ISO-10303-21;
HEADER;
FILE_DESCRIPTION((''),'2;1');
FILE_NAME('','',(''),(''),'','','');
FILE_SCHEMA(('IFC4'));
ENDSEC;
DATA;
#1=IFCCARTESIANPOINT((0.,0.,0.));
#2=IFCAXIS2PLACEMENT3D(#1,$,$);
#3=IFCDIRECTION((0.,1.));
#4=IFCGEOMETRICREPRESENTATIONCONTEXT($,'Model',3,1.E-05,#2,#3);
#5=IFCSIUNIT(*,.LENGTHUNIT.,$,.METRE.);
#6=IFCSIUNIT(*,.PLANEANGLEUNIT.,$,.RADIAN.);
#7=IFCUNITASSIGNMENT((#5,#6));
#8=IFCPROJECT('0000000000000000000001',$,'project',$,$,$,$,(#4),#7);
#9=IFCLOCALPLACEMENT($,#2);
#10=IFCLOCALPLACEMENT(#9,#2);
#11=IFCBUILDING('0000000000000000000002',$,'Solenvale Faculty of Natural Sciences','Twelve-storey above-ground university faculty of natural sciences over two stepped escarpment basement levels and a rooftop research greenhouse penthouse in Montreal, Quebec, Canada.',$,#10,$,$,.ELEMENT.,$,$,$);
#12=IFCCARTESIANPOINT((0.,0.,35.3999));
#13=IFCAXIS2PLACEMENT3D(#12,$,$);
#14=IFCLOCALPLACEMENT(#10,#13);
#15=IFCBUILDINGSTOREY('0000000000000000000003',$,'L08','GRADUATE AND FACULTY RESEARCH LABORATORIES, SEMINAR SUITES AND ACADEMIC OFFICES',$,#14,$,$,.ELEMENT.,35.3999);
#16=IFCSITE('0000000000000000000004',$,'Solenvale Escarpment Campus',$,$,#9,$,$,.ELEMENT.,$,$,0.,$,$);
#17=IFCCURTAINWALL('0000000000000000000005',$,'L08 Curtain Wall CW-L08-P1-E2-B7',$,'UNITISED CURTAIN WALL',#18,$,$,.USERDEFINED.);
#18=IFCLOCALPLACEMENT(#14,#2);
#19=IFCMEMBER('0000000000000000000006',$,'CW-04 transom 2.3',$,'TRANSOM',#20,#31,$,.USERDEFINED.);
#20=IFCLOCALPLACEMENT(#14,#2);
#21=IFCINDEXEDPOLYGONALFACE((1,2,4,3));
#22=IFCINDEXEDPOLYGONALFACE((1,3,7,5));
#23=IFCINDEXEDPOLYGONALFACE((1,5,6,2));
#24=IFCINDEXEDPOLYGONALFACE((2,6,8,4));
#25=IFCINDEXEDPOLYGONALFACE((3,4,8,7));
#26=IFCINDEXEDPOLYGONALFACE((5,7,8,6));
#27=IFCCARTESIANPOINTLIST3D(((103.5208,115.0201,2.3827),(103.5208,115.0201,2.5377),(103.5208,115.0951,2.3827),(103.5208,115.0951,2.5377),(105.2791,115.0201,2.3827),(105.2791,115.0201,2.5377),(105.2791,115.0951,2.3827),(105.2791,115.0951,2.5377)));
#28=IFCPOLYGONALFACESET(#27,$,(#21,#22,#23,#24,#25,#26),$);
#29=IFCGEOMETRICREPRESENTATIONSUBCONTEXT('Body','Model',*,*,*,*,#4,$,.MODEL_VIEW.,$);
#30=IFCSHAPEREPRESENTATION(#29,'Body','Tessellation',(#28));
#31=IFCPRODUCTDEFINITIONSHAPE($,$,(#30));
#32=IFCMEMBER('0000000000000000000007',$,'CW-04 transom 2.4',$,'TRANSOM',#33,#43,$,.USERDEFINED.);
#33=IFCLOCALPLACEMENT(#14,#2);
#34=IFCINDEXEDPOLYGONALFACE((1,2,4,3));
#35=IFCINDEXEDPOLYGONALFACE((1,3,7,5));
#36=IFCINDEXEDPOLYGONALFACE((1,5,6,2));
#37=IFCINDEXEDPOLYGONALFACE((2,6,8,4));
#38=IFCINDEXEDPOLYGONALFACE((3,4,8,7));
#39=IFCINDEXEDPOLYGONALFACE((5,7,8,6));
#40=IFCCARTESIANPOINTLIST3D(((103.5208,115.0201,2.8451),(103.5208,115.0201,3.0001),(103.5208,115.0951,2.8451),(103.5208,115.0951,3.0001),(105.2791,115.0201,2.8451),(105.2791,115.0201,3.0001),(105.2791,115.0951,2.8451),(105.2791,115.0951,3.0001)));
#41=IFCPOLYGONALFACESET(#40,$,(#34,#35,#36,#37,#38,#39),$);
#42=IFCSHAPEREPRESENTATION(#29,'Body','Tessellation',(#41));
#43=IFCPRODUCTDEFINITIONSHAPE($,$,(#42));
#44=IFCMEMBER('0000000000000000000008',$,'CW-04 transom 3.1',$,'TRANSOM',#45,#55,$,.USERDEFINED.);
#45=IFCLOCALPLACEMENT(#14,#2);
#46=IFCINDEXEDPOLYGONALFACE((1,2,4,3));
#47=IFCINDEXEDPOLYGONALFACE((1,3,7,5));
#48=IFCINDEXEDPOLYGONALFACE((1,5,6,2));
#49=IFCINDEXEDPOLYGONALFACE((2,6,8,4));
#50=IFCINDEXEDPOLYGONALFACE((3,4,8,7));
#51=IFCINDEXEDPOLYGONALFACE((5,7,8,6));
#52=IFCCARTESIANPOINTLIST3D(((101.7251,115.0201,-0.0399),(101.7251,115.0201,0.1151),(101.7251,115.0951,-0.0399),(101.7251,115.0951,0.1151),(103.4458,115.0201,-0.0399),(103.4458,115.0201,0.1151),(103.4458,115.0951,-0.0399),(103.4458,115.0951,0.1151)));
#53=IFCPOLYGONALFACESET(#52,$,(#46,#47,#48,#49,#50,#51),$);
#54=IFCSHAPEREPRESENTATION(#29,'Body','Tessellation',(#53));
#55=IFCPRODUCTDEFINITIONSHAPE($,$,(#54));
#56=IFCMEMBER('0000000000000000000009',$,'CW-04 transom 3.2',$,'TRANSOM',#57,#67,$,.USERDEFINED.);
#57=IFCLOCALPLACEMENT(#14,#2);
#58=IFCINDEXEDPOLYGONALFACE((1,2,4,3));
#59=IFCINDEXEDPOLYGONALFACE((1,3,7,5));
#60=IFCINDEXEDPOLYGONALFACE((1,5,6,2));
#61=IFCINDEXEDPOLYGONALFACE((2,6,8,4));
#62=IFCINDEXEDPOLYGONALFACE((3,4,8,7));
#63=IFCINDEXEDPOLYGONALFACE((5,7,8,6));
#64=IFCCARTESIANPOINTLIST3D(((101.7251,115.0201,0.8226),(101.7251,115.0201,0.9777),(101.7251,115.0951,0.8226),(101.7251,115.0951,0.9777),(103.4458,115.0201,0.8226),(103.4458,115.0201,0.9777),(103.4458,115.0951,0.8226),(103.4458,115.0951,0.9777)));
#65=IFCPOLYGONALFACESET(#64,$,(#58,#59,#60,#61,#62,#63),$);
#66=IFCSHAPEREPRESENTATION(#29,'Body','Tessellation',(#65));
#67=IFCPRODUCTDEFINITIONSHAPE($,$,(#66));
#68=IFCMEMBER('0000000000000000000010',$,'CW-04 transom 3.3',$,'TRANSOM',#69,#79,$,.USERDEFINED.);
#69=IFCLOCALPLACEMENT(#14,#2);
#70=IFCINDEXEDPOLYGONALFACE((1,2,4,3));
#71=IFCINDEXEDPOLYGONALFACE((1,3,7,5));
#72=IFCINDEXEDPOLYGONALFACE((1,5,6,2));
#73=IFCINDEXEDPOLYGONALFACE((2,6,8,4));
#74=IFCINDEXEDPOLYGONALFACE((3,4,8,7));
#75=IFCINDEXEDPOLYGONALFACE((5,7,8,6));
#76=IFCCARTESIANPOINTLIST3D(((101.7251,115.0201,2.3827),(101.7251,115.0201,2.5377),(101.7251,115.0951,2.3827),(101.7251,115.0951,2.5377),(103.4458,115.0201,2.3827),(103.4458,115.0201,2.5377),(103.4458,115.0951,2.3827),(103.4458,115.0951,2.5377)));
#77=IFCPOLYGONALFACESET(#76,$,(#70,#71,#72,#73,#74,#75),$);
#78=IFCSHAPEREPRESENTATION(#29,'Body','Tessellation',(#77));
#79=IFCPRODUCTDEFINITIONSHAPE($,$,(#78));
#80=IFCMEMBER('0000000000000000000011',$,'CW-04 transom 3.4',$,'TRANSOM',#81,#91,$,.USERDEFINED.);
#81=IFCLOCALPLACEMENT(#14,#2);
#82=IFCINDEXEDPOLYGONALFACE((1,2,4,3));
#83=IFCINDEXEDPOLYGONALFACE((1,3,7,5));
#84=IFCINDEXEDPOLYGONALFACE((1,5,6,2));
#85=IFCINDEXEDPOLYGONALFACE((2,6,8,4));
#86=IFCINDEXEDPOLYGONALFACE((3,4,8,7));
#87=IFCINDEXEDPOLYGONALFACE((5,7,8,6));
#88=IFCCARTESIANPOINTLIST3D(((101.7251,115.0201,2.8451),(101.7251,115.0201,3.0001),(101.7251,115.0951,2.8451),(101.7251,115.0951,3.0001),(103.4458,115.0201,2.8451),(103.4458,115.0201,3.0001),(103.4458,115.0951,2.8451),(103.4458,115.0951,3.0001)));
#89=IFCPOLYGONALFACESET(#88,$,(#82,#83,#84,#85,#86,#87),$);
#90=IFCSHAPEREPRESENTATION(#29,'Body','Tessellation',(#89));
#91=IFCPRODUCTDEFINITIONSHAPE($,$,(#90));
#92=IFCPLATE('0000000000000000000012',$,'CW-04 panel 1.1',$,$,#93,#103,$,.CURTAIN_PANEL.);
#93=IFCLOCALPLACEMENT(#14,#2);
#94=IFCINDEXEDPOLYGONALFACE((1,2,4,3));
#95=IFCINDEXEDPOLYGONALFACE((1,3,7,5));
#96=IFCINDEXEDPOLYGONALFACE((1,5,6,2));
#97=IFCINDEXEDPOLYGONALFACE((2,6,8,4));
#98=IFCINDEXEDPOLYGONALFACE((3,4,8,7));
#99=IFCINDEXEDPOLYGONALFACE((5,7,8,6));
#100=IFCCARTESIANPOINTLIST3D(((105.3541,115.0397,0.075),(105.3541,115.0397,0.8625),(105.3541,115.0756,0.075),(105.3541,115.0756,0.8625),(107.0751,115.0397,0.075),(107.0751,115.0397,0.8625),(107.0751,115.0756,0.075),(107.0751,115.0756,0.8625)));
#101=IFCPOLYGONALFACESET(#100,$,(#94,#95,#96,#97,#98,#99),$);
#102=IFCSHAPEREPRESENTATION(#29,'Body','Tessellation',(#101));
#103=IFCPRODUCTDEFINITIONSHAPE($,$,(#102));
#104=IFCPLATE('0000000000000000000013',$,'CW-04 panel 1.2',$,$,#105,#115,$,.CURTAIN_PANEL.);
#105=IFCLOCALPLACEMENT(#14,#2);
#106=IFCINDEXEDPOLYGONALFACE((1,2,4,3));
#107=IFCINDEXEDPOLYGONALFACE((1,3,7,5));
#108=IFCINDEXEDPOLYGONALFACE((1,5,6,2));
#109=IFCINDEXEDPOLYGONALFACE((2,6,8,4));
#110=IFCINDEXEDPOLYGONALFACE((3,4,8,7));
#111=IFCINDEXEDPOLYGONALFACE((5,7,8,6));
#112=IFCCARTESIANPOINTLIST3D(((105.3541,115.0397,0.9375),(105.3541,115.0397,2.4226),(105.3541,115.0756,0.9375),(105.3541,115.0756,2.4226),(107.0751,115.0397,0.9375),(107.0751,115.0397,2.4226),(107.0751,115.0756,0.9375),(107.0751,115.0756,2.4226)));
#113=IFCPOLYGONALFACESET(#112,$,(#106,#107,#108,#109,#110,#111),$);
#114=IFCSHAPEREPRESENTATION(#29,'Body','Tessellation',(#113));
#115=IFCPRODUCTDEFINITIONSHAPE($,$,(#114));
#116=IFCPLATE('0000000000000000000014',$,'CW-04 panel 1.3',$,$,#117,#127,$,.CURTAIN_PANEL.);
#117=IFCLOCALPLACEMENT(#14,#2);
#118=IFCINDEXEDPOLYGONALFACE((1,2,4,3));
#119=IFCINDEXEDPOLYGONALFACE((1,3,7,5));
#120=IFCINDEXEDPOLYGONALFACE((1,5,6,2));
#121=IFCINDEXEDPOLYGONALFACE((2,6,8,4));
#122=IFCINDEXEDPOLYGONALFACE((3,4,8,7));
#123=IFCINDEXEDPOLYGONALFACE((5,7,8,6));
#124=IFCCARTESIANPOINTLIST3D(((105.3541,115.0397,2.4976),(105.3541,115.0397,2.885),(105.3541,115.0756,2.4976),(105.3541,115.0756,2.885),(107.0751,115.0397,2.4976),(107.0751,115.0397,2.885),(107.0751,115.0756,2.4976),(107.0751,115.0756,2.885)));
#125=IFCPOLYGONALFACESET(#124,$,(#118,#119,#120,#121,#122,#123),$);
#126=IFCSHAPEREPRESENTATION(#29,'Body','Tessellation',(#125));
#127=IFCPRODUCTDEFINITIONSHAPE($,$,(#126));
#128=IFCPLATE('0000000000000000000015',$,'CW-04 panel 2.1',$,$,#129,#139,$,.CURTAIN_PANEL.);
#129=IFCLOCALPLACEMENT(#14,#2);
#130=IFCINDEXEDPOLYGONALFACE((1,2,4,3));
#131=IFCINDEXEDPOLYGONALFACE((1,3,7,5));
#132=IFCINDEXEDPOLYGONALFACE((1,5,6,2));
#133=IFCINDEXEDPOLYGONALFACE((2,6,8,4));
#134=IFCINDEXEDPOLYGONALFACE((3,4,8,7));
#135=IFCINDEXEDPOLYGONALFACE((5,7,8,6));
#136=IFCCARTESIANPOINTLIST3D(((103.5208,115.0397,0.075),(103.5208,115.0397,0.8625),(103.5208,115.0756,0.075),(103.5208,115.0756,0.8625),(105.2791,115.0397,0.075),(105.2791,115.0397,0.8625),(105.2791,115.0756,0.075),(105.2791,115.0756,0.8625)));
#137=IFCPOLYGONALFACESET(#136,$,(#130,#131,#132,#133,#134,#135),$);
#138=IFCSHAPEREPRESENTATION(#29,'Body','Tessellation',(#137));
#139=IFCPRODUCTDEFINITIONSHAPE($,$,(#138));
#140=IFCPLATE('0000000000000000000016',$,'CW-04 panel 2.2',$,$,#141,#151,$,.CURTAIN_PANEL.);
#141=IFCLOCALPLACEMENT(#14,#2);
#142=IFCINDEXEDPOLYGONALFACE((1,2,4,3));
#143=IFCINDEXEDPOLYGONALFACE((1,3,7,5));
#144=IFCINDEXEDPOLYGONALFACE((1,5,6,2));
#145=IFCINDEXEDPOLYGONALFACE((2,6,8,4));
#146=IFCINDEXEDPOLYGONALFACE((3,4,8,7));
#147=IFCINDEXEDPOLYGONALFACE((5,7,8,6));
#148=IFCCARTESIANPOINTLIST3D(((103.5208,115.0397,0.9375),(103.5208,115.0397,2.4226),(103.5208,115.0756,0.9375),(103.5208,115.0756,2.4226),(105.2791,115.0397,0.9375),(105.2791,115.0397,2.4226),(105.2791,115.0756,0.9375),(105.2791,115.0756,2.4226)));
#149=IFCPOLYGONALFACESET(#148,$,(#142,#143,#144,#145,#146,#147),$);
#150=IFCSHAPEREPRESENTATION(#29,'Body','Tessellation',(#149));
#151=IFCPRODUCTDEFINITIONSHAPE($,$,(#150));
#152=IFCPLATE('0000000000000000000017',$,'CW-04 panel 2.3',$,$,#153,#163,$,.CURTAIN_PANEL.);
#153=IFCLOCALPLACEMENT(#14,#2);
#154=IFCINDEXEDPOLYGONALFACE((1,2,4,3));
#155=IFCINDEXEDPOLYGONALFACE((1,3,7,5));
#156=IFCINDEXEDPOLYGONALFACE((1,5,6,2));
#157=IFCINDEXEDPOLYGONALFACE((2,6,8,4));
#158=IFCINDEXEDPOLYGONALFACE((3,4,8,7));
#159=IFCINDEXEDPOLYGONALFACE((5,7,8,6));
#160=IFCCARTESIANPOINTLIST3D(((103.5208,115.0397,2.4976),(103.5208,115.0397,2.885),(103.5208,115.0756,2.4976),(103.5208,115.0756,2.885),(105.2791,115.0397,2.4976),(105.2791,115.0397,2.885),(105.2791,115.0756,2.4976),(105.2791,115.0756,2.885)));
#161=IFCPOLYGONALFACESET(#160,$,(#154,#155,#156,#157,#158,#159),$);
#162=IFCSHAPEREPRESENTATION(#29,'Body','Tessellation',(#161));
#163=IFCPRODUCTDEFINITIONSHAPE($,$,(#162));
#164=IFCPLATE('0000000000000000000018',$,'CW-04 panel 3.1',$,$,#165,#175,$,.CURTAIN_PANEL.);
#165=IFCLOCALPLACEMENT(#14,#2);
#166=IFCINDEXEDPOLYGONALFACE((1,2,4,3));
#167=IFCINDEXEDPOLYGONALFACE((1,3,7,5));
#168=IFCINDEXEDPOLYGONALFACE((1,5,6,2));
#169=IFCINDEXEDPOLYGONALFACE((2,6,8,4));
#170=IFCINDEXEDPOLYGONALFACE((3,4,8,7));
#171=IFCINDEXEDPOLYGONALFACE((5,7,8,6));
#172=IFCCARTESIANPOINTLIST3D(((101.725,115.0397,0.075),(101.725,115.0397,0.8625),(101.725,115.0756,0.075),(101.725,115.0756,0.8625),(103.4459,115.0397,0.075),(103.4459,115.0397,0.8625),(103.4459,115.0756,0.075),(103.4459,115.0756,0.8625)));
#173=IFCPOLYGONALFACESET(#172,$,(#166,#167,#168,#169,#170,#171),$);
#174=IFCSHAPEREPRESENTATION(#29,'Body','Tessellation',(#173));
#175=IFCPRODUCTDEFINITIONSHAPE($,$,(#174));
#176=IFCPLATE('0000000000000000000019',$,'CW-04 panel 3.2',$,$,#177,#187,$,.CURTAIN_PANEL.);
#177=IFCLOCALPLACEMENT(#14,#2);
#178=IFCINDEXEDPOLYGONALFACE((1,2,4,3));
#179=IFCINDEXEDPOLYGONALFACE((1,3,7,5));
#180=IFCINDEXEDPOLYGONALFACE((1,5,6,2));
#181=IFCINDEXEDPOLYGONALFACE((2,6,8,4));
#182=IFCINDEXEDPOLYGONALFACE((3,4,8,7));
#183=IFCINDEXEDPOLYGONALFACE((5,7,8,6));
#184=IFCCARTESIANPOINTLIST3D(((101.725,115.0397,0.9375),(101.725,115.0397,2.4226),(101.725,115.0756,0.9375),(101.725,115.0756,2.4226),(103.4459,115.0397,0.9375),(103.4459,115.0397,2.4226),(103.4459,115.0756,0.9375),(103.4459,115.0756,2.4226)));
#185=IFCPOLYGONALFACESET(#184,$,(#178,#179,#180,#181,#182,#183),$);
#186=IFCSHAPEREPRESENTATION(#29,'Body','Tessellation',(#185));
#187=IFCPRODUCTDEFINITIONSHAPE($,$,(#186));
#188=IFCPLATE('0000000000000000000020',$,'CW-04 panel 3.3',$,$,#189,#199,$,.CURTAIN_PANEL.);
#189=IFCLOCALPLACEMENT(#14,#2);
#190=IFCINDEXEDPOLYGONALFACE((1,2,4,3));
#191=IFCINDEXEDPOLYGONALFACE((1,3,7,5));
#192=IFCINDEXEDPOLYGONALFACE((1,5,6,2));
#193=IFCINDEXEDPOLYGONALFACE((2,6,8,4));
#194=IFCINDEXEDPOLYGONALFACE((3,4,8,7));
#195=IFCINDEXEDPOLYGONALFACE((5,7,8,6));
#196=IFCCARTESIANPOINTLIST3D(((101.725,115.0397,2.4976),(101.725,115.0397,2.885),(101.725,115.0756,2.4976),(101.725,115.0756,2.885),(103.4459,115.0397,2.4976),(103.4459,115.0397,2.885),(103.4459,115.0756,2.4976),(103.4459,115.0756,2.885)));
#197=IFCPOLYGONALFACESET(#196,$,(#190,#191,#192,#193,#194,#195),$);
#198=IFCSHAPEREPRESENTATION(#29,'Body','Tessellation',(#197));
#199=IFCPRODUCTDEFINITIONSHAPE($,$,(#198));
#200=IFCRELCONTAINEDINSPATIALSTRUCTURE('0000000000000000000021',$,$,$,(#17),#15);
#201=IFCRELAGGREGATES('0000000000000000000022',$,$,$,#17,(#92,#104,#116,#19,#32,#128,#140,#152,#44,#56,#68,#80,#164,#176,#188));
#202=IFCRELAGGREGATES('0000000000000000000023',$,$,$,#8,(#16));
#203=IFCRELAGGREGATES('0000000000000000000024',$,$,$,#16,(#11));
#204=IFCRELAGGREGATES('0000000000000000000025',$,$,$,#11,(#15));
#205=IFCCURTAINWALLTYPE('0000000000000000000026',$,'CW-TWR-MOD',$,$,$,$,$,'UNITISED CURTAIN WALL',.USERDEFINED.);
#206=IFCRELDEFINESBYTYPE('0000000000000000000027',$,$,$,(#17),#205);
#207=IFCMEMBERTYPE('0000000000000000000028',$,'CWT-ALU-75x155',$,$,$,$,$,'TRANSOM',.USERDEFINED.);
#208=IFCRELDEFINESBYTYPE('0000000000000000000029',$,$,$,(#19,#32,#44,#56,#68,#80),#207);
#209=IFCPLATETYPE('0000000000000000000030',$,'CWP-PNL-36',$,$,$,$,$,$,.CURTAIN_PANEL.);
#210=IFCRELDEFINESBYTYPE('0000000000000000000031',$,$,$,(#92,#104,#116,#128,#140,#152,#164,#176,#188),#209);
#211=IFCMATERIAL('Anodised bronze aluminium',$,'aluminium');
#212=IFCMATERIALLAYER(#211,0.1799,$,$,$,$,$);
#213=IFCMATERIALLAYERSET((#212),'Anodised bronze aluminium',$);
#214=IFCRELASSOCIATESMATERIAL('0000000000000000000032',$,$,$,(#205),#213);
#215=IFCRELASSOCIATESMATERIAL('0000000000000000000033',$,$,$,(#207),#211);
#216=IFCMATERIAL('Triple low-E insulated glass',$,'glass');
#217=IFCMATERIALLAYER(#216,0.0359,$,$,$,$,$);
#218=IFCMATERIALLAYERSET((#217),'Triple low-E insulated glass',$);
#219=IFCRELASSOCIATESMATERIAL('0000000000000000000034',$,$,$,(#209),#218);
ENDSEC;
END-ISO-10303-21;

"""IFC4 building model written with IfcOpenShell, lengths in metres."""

from ifc_helpers import new_model, si_unit, direction, frame, origin, origin_2d, place, context, subcontext, project, spatial, rectangle, extrude, material, layer, layer_set, material_profile, profile_set, type_object, element, aggregate, save


model = new_model("IFC4")

# Units and contexts
model_context = context("Model", 3, precision=1e-05, world=origin(), true_north=direction((0.0, 1.0)))
body_context = subcontext(model_context, "Body", "Model", "MODEL_VIEW")
ifc_project = project(units=[si_unit("LENGTHUNIT", "METRE"), si_unit("PLANEANGLEUNIT", "RADIAN")], contexts=[model_context])

# Site, building, storey
site_placement = place(None, origin())
site = spatial("IfcSite", under=ifc_project, at=site_placement, Name="Solenvale Escarpment Campus", CompositionType="ELEMENT", RefElevation=0.0)
building_placement = place(site_placement, origin())
building = spatial("IfcBuilding", under=site, at=building_placement, Name="Solenvale Faculty of Natural Sciences", Description="Twelve-storey above-ground university faculty of natural sciences over two stepped escarpment basement levels and a rooftop research greenhouse penthouse in Montreal, Quebec, Canada.", CompositionType="ELEMENT")
storey_placement = place(building_placement, frame((0.0, 0.0, 35.3999)))
storey = spatial("IfcBuildingStorey", under=building, at=storey_placement, Name="L08", Description="GRADUATE AND FACULTY RESEARCH LABORATORIES, SEMINAR SUITES AND ACADEMIC OFFICES", CompositionType="ELEMENT", Elevation=35.3999)

# Shared definitions
ifc_material_1 = material(Name="Anodised bronze aluminium", Category="aluminium")
ifc_layer_1 = layer(ifc_material_1, 0.1799)
ifc_layer_set_1 = layer_set([ifc_layer_1], Name="Anodised bronze aluminium")
curtain_wall_type = type_object("IfcCurtainWallType", Name="CW-TWR-MOD", ElementType="UNITISED CURTAIN WALL", PredefinedType="USERDEFINED", material=ifc_layer_set_1)

# Curtain wall, members, plates
curtain_wall_1_placement = place(storey_placement, origin())
curtain_wall_1 = element("IfcCurtainWall", 1, at=curtain_wall_1_placement, inside=storey, type_object=curtain_wall_type, Name="L08 Curtain Wall CW-L08-P1-E2-B7", ObjectType="UNITISED CURTAIN WALL", PredefinedType="USERDEFINED")
ifc_material_profile_1 = material_profile(ifc_material_1, rectangle(XDim=0.075, YDim=0.155, at=origin_2d()), Name="ALU-TRN-75x155")
ifc_profile_set_1 = profile_set([ifc_material_profile_1], Name="Anodised bronze aluminium")
member_type_1 = type_object("IfcMemberType", Name="CWT-ALU-75x155", ElementType="TRANSOM", PredefinedType="USERDEFINED", material=ifc_profile_set_1)
member_1_placement = place(storey_placement, frame((105.2791, 115.0576, 2.4602), z_axis=(-1.0, 0.0, 0.0), x_axis=(0.0, -1.0, 0.0)))
member_1 = element("IfcMember", 2, at=member_1_placement, type_object=member_type_1, Name="CW-04 transom 2.3", ObjectType="TRANSOM", PredefinedType="USERDEFINED", context=body_context, shape_type="SweptSolid", body=[
    extrude(rectangle(XDim=0.075, YDim=0.155, at=origin_2d()), origin(), (0.0, 0.0, 1.0), 1.7583),
])
member_2_placement = place(storey_placement, frame((105.2791, 115.0576, 2.9226), z_axis=(-1.0, 0.0, 0.0), x_axis=(0.0, -1.0, 0.0)))
member_2 = element("IfcMember", 3, at=member_2_placement, type_object=member_type_1, Name="CW-04 transom 2.4", ObjectType="TRANSOM", PredefinedType="USERDEFINED", context=body_context, shape_type="SweptSolid", body=[
    extrude(rectangle(XDim=0.075, YDim=0.155, at=origin_2d()), origin(), (0.0, 0.0, 1.0), 1.7583),
])
member_3_placement = place(storey_placement, frame((103.4458, 115.0576, 0.0376), z_axis=(-1.0, 0.0, 0.0), x_axis=(0.0, -1.0, 0.0)))
member_3 = element("IfcMember", 4, at=member_3_placement, type_object=member_type_1, Name="CW-04 transom 3.1", ObjectType="TRANSOM", PredefinedType="USERDEFINED", context=body_context, shape_type="SweptSolid", body=[
    extrude(rectangle(XDim=0.075, YDim=0.155, at=origin_2d()), origin(), (0.0, 0.0, 1.0), 1.7207),
])
member_4_placement = place(storey_placement, frame((103.4458, 115.0576, 0.9001), z_axis=(-1.0, 0.0, 0.0), x_axis=(0.0, -1.0, 0.0)))
member_4 = element("IfcMember", 5, at=member_4_placement, type_object=member_type_1, Name="CW-04 transom 3.2", ObjectType="TRANSOM", PredefinedType="USERDEFINED", context=body_context, shape_type="SweptSolid", body=[
    extrude(rectangle(XDim=0.075, YDim=0.155, at=origin_2d()), origin(), (0.0, 0.0, 1.0), 1.7207),
])
member_5_placement = place(storey_placement, frame((103.4458, 115.0576, 2.4602), z_axis=(-1.0, 0.0, 0.0), x_axis=(0.0, -1.0, 0.0)))
member_5 = element("IfcMember", 6, at=member_5_placement, type_object=member_type_1, Name="CW-04 transom 3.3", ObjectType="TRANSOM", PredefinedType="USERDEFINED", context=body_context, shape_type="SweptSolid", body=[
    extrude(rectangle(XDim=0.075, YDim=0.155, at=origin_2d()), origin(), (0.0, 0.0, 1.0), 1.7207),
])
member_6_placement = place(storey_placement, frame((103.4458, 115.0576, 2.9226), z_axis=(-1.0, 0.0, 0.0), x_axis=(0.0, -1.0, 0.0)))
member_6 = element("IfcMember", 7, at=member_6_placement, type_object=member_type_1, Name="CW-04 transom 3.4", ObjectType="TRANSOM", PredefinedType="USERDEFINED", context=body_context, shape_type="SweptSolid", body=[
    extrude(rectangle(XDim=0.075, YDim=0.155, at=origin_2d()), origin(), (0.0, 0.0, 1.0), 1.7207),
])
ifc_material_2 = material(Name="Triple low-E insulated glass", Category="glass")
ifc_layer_2 = layer(ifc_material_2, 0.0359)
ifc_layer_set_2 = layer_set([ifc_layer_2], Name="Triple low-E insulated glass")
plate_type = type_object("IfcPlateType", Name="CWP-PNL-36", PredefinedType="CURTAIN_PANEL", material=ifc_layer_set_2)
plate_1_placement = place(storey_placement, frame((106.2146, 115.0576, 0.075), z_axis=(0.0, 0.0, 1.0), x_axis=(-1.0, 0.0, 0.0)))
plate_1 = element("IfcPlate", 8, at=plate_1_placement, type_object=plate_type, Name="CW-04 panel 1.1", PredefinedType="CURTAIN_PANEL", context=body_context, shape_type="SweptSolid", body=[
    extrude(rectangle(XDim=1.7209, YDim=0.0359, at=origin_2d()), origin(), (0.0, 0.0, 1.0), 0.7876),
])
plate_2_placement = place(storey_placement, frame((106.2146, 115.0576, 0.9375), z_axis=(0.0, 0.0, 1.0), x_axis=(-1.0, 0.0, 0.0)))
plate_2 = element("IfcPlate", 9, at=plate_2_placement, type_object=plate_type, Name="CW-04 panel 1.2", PredefinedType="CURTAIN_PANEL", context=body_context, shape_type="SweptSolid", body=[
    extrude(rectangle(XDim=1.7209, YDim=0.0359, at=origin_2d()), origin(), (0.0, 0.0, 1.0), 1.4851),
])
plate_3_placement = place(storey_placement, frame((106.2146, 115.0576, 2.4976), z_axis=(0.0, 0.0, 1.0), x_axis=(-1.0, 0.0, 0.0)))
plate_3 = element("IfcPlate", 10, at=plate_3_placement, type_object=plate_type, Name="CW-04 panel 1.3", PredefinedType="CURTAIN_PANEL", context=body_context, shape_type="SweptSolid", body=[
    extrude(rectangle(XDim=1.7209, YDim=0.0359, at=origin_2d()), origin(), (0.0, 0.0, 1.0), 0.3875),
])
plate_4_placement = place(storey_placement, frame((104.3999, 115.0576, 0.075), z_axis=(0.0, 0.0, 1.0), x_axis=(-1.0, 0.0, 0.0)))
plate_4 = element("IfcPlate", 11, at=plate_4_placement, type_object=plate_type, Name="CW-04 panel 2.1", PredefinedType="CURTAIN_PANEL", context=body_context, shape_type="SweptSolid", body=[
    extrude(rectangle(XDim=1.7583, YDim=0.0359, at=origin_2d()), origin(), (0.0, 0.0, 1.0), 0.7876),
])
plate_5_placement = place(storey_placement, frame((104.3999, 115.0576, 0.9375), z_axis=(0.0, 0.0, 1.0), x_axis=(-1.0, 0.0, 0.0)))
plate_5 = element("IfcPlate", 12, at=plate_5_placement, type_object=plate_type, Name="CW-04 panel 2.2", PredefinedType="CURTAIN_PANEL", context=body_context, shape_type="SweptSolid", body=[
    extrude(rectangle(XDim=1.7583, YDim=0.0359, at=origin_2d()), origin(), (0.0, 0.0, 1.0), 1.4851),
])
plate_6_placement = place(storey_placement, frame((104.3999, 115.0576, 2.4976), z_axis=(0.0, 0.0, 1.0), x_axis=(-1.0, 0.0, 0.0)))
plate_6 = element("IfcPlate", 13, at=plate_6_placement, type_object=plate_type, Name="CW-04 panel 2.3", PredefinedType="CURTAIN_PANEL", context=body_context, shape_type="SweptSolid", body=[
    extrude(rectangle(XDim=1.7583, YDim=0.0359, at=origin_2d()), origin(), (0.0, 0.0, 1.0), 0.3875),
])
plate_7_placement = place(storey_placement, frame((102.5854, 115.0576, 0.075), z_axis=(0.0, 0.0, 1.0), x_axis=(-1.0, 0.0, 0.0)))
plate_7 = element("IfcPlate", 14, at=plate_7_placement, type_object=plate_type, Name="CW-04 panel 3.1", PredefinedType="CURTAIN_PANEL", context=body_context, shape_type="SweptSolid", body=[
    extrude(rectangle(XDim=1.7209, YDim=0.0359, at=origin_2d()), origin(), (0.0, 0.0, 1.0), 0.7876),
])
plate_8_placement = place(storey_placement, frame((102.5854, 115.0576, 0.9375), z_axis=(0.0, 0.0, 1.0), x_axis=(-1.0, 0.0, 0.0)))
plate_8 = element("IfcPlate", 15, at=plate_8_placement, type_object=plate_type, Name="CW-04 panel 3.2", PredefinedType="CURTAIN_PANEL", context=body_context, shape_type="SweptSolid", body=[
    extrude(rectangle(XDim=1.7209, YDim=0.0359, at=origin_2d()), origin(), (0.0, 0.0, 1.0), 1.4851),
])
plate_9_placement = place(storey_placement, frame((102.5854, 115.0576, 2.4976), z_axis=(0.0, 0.0, 1.0), x_axis=(-1.0, 0.0, 0.0)))
plate_9 = element("IfcPlate", 16, at=plate_9_placement, type_object=plate_type, Name="CW-04 panel 3.3", PredefinedType="CURTAIN_PANEL", context=body_context, shape_type="SweptSolid", body=[
    extrude(rectangle(XDim=1.7209, YDim=0.0359, at=origin_2d()), origin(), (0.0, 0.0, 1.0), 0.3875),
])
aggregate(curtain_wall_1, [plate_1, plate_2, plate_3, member_1, member_2, plate_4, plate_5, plate_6, member_3, member_4, member_5, member_6, plate_7, plate_8, plate_9])

save(model, "model.ifc")
